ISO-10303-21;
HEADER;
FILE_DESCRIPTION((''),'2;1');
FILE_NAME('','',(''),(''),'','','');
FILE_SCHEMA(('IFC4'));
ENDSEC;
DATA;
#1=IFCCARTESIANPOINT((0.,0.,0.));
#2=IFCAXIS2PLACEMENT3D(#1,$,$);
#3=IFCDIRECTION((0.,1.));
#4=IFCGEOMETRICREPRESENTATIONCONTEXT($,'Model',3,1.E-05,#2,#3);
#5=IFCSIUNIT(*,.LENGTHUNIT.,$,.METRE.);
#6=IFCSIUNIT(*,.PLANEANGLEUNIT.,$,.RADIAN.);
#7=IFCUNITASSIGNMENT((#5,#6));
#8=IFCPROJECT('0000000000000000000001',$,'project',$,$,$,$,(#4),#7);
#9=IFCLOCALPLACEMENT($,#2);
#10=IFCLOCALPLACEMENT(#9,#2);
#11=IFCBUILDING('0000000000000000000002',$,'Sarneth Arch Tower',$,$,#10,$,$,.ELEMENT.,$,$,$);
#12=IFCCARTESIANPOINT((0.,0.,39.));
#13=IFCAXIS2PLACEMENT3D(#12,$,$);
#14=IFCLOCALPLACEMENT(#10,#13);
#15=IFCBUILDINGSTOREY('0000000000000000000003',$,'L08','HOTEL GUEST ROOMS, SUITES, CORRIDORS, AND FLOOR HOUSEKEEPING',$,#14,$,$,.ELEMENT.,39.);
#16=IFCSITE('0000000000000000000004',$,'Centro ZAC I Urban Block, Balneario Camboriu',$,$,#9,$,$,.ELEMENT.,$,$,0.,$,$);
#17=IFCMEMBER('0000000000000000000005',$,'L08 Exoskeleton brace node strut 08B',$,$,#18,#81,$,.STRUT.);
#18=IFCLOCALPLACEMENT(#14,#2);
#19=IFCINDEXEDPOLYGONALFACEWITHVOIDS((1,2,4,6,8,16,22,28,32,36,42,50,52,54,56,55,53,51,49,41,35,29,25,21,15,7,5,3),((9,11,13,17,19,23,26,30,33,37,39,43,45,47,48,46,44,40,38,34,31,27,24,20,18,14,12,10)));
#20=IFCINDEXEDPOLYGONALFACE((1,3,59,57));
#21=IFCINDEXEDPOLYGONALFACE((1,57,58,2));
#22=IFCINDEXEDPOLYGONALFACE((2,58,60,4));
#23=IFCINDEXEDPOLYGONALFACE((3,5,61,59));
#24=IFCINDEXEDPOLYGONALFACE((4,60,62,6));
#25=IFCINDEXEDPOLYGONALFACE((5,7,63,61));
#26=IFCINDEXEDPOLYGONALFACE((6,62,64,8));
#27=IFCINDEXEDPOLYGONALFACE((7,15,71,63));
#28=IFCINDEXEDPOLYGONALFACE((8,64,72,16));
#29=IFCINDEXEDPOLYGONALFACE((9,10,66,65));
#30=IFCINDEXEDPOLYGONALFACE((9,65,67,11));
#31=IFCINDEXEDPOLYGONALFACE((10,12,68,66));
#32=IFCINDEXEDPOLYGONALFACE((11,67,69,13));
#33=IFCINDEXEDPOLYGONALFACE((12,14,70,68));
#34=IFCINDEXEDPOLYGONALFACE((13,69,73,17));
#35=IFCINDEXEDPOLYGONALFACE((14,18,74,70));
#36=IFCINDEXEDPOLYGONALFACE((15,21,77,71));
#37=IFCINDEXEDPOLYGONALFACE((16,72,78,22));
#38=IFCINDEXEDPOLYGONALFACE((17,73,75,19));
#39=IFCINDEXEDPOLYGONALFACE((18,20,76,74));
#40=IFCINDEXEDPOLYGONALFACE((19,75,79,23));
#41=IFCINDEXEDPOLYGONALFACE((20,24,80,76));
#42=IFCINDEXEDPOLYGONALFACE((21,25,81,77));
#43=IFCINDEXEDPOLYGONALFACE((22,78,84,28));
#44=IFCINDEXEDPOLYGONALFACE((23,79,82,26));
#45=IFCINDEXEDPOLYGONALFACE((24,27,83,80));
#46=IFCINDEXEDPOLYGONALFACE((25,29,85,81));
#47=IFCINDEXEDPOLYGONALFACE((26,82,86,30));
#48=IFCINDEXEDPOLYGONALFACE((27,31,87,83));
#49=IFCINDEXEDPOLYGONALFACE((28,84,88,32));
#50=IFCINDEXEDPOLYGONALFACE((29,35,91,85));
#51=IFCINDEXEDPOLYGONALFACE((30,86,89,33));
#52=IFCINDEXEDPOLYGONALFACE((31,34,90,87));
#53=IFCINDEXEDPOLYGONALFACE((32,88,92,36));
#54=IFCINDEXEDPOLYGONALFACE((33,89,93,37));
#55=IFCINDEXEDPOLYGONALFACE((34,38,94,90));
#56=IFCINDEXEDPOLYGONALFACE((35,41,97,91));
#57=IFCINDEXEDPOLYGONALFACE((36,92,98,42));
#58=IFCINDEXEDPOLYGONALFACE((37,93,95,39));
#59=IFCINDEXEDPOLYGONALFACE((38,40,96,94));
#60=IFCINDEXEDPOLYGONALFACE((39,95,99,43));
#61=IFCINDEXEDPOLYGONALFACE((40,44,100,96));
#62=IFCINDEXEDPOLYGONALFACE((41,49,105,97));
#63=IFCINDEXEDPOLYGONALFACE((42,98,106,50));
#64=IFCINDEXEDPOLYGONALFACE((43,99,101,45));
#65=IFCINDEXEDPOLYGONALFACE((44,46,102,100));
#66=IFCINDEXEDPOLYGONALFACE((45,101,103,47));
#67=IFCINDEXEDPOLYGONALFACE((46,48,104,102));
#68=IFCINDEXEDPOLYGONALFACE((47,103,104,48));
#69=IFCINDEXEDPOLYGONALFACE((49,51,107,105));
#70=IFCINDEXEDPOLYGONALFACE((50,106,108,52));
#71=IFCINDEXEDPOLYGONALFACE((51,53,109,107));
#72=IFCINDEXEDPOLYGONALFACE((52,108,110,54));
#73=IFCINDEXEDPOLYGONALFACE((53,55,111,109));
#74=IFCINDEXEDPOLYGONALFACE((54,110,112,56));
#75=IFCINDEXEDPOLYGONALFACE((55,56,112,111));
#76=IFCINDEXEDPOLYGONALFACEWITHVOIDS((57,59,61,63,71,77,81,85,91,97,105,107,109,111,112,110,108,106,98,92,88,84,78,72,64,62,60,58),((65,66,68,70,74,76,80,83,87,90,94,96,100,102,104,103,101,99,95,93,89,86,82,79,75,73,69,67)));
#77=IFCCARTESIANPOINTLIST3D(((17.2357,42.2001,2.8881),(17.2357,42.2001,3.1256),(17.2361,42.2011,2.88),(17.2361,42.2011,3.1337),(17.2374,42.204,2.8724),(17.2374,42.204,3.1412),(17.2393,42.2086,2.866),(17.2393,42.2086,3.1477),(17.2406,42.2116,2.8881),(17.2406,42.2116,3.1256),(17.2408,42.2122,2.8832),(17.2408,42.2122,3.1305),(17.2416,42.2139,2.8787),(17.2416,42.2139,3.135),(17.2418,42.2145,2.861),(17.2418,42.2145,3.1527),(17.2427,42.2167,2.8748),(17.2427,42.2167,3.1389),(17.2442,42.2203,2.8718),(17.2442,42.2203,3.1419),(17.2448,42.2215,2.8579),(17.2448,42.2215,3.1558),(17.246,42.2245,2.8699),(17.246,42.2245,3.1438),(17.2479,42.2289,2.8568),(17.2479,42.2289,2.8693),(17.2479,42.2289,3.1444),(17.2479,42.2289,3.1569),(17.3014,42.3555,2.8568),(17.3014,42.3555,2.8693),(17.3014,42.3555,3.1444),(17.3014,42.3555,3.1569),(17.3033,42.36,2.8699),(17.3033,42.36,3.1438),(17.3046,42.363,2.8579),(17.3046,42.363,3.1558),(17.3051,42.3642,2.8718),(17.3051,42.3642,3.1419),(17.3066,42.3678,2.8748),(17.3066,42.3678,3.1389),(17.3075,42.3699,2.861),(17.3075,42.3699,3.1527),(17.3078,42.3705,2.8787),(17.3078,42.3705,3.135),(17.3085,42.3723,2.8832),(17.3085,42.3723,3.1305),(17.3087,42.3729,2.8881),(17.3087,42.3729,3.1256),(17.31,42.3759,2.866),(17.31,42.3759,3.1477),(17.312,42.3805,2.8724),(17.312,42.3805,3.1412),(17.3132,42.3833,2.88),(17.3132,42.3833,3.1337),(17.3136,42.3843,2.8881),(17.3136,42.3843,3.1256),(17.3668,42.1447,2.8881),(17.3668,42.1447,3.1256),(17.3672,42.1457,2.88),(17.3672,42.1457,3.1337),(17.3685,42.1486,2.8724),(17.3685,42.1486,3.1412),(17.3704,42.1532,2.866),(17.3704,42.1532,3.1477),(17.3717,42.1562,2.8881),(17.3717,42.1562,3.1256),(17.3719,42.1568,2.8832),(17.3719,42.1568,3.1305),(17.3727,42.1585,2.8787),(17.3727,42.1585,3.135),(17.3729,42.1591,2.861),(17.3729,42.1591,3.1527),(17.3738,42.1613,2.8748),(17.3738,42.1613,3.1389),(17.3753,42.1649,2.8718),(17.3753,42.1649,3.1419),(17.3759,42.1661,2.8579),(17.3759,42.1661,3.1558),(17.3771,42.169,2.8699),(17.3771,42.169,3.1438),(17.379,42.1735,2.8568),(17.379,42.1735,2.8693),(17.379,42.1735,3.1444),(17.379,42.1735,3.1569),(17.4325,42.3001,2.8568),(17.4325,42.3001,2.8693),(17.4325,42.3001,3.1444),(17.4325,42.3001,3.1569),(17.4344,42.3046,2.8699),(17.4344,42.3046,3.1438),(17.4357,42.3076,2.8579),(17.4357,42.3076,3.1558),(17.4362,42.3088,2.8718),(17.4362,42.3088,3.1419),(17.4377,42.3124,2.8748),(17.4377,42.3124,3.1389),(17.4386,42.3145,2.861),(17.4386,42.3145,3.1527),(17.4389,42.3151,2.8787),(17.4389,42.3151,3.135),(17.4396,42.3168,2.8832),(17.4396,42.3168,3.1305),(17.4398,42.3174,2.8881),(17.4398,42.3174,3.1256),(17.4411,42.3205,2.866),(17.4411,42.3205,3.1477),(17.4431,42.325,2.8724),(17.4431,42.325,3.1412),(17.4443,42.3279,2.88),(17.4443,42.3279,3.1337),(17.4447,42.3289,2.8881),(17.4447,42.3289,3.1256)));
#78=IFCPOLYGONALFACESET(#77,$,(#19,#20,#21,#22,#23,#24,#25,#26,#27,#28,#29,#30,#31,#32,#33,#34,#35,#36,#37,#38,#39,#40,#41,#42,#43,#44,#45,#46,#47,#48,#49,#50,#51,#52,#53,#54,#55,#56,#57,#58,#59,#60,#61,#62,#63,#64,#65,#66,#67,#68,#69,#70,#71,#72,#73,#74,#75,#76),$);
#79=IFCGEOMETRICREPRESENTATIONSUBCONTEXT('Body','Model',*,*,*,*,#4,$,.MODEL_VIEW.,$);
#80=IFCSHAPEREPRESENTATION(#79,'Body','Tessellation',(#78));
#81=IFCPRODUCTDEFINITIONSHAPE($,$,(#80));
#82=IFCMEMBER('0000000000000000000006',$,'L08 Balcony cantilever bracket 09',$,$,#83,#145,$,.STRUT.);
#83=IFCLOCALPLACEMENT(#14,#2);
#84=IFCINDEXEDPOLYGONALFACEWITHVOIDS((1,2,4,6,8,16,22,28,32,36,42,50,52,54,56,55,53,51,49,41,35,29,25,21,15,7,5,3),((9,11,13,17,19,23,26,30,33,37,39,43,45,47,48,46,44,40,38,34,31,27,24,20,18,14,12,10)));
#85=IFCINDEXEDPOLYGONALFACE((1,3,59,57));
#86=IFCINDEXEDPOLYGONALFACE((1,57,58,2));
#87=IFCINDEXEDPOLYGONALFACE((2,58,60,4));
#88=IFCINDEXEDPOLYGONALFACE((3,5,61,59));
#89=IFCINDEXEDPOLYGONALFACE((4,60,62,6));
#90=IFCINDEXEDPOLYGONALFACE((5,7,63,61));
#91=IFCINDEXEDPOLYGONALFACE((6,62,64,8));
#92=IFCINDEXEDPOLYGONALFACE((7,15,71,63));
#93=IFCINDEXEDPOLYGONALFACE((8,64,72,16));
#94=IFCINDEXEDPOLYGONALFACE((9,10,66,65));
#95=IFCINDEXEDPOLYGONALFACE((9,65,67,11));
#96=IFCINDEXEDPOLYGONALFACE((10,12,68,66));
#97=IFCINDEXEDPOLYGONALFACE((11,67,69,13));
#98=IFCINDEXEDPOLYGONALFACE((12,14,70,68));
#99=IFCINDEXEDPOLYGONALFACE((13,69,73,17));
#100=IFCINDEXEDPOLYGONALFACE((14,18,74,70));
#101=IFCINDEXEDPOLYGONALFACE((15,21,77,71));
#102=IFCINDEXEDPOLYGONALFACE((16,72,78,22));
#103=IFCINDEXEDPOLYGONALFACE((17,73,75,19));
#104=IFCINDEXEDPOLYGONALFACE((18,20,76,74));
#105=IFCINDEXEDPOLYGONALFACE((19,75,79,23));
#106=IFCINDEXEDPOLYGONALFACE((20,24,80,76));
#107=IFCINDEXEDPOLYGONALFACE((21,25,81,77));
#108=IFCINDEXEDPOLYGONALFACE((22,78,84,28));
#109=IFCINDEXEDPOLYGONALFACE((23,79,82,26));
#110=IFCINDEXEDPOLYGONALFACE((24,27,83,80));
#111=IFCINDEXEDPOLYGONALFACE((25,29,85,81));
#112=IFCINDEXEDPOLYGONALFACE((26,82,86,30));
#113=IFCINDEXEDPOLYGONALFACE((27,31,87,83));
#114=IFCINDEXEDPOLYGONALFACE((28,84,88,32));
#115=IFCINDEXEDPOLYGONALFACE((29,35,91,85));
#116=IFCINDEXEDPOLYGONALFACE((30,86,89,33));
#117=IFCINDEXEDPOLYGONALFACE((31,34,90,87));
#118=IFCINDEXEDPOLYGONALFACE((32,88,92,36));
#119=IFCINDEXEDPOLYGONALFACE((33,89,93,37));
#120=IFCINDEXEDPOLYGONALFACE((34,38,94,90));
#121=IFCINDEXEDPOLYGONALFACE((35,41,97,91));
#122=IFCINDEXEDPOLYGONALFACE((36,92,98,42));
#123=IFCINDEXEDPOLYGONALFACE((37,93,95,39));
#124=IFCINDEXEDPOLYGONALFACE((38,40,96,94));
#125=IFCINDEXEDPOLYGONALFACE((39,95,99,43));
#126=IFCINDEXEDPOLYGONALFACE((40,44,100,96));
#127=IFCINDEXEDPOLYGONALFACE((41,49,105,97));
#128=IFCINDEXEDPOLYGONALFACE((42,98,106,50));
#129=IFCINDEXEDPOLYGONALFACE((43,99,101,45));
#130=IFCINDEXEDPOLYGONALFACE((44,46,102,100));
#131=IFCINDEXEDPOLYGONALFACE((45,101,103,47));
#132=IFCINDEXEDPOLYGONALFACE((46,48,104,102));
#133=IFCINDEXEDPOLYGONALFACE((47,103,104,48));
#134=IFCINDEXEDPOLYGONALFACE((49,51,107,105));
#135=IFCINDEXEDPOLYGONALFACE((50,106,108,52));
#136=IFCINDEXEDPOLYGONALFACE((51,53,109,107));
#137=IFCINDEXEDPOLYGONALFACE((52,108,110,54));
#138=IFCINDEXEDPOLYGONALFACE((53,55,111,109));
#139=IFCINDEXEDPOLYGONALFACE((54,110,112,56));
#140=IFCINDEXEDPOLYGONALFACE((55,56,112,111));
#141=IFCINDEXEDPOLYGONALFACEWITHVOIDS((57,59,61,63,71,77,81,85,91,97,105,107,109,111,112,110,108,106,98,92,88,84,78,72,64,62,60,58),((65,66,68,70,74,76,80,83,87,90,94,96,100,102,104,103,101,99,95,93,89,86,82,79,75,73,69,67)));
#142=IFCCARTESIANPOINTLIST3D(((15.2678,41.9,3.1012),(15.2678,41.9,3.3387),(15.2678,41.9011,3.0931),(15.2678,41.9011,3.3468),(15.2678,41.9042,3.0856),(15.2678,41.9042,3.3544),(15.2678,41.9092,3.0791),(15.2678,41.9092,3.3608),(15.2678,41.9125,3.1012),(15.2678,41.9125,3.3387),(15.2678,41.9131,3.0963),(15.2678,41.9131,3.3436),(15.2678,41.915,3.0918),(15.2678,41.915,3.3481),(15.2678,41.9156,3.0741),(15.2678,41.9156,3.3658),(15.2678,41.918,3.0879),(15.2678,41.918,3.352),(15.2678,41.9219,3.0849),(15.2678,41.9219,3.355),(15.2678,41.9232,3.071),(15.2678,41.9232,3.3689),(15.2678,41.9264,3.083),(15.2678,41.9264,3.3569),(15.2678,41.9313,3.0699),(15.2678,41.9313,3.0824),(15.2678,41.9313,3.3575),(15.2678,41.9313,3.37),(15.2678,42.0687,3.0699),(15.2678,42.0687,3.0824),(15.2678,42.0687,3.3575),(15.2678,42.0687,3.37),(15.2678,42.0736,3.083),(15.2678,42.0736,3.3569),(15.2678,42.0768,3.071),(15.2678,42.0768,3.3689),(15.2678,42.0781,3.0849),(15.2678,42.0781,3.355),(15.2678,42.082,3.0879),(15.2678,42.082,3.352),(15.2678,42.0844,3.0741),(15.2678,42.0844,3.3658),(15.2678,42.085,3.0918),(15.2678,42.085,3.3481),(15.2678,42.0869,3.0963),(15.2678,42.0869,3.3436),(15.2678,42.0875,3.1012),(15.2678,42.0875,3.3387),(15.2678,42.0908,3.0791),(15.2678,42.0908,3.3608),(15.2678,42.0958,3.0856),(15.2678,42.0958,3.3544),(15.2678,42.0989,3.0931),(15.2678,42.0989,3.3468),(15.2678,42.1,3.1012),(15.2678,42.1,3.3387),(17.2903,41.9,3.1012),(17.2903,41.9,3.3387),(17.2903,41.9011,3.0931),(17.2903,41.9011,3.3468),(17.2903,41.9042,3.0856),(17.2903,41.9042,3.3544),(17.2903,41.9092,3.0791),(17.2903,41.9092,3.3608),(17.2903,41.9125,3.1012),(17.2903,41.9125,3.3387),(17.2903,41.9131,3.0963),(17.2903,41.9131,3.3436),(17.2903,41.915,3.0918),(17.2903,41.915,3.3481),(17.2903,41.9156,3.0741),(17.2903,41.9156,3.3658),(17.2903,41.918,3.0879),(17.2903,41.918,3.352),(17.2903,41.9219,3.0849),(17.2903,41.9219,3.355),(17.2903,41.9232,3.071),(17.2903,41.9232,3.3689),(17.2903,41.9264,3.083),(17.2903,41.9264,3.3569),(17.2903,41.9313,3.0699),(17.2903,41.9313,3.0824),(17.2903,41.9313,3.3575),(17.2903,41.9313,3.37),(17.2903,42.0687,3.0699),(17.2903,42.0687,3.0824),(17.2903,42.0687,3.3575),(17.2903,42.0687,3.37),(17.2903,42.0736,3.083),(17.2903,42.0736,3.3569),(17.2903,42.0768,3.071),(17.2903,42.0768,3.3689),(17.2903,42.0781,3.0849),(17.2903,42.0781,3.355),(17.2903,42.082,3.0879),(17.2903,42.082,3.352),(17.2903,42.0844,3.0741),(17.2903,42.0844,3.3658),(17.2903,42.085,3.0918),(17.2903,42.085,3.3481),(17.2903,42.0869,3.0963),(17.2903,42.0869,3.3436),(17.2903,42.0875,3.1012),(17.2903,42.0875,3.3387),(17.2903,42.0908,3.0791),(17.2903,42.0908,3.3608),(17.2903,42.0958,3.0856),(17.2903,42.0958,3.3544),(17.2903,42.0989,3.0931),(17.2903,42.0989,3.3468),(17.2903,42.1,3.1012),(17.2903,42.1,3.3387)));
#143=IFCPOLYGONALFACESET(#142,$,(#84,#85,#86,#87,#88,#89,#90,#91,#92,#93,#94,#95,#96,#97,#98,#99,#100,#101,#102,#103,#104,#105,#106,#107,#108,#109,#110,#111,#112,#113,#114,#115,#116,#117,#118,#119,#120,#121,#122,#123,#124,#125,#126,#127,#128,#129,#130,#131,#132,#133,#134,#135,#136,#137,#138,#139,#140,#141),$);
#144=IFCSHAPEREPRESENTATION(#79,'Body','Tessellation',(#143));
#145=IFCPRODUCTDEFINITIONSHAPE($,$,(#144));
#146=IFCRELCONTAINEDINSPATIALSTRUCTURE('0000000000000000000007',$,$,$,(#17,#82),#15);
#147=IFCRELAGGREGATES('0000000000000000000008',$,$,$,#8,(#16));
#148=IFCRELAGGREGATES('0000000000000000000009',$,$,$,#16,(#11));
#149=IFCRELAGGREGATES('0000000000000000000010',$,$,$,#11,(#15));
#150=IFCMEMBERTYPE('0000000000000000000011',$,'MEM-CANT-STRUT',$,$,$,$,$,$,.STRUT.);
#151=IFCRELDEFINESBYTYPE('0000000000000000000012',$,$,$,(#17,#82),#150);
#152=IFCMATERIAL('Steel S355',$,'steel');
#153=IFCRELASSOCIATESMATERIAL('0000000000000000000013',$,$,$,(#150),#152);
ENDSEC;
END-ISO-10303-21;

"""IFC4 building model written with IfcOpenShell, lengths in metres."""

from ifc_helpers import new_model, si_unit, direction, frame, origin, origin_2d, place, context, subcontext, project, spatial, hollow_rectangle, extrude, material, material_profile, profile_set, type_object, element, save


model = new_model("IFC4")

# Units and contexts
model_context = context("Model", 3, precision=1e-05, world=origin(), true_north=direction((0.0, 1.0)))
body_context = subcontext(model_context, "Body", "Model", "MODEL_VIEW")
ifc_project = project(units=[si_unit("LENGTHUNIT", "METRE"), si_unit("PLANEANGLEUNIT", "RADIAN")], contexts=[model_context])

# Site, building, storey
site_placement = place(None, origin())
site = spatial("IfcSite", under=ifc_project, at=site_placement, Name="Centro ZAC I Urban Block, Balneario Camboriu", CompositionType="ELEMENT", RefElevation=0.0)
building_placement = place(site_placement, origin())
building = spatial("IfcBuilding", under=site, at=building_placement, Name="Sarneth Arch Tower", CompositionType="ELEMENT")
storey_placement = place(building_placement, frame((0.0, 0.0, 39.0)))
storey = spatial("IfcBuildingStorey", under=building, at=storey_placement, Name="L08", Description="HOTEL GUEST ROOMS, SUITES, CORRIDORS, AND FLOOR HOUSEKEEPING", CompositionType="ELEMENT", Elevation=39.0)

# Members
ifc_material_1 = material(Name="Steel S355", Category="steel")
ifc_material_profile_1 = material_profile(ifc_material_1, hollow_rectangle(XDim=0.2, YDim=0.3, WallThickness=0.0125, InnerFilletRadius=0.0188, OuterFilletRadius=0.0312, at=origin_2d()), Name="RHS300x200x12.5")
ifc_profile_set_1 = profile_set([ifc_material_profile_1], Name="Steel S355")
member_type_1 = type_object("IfcMemberType", Name="MEM-CANT-STRUT", PredefinedType="STRUT", material=ifc_profile_set_1)
member_1_placement = place(storey_placement, frame((17.4058, 42.2368, 3.0068), z_axis=(-0.921086, 0.38936, 0.0), x_axis=(-0.38936, -0.921086, 0.0)))
element("IfcMember", 1, at=member_1_placement, inside=storey, type_object=member_type_1, Name="L08 Exoskeleton brace node strut 08B", PredefinedType="STRUT", context=body_context, shape_type="SweptSolid", body=[
    extrude(hollow_rectangle(XDim=0.2, YDim=0.3, WallThickness=0.0125, InnerFilletRadius=0.0188, OuterFilletRadius=0.0312, at=origin_2d()), origin(), (0.0, 0.0, 1.0), 0.1423),
])
member_2_placement = place(storey_placement, frame((17.2903, 42.0, 3.22), z_axis=(-1.0, 0.0, 0.0), x_axis=(0.0, -1.0, 0.0)))
element("IfcMember", 2, at=member_2_placement, inside=storey, type_object=member_type_1, Name="L08 Balcony cantilever bracket 09", PredefinedType="STRUT", context=body_context, shape_type="SweptSolid", body=[
    extrude(hollow_rectangle(XDim=0.2, YDim=0.3, WallThickness=0.0125, InnerFilletRadius=0.0188, OuterFilletRadius=0.0312, at=origin_2d()), origin(), (0.0, 0.0, 1.0), 2.0225),
])

save(model, "model.ifc")
